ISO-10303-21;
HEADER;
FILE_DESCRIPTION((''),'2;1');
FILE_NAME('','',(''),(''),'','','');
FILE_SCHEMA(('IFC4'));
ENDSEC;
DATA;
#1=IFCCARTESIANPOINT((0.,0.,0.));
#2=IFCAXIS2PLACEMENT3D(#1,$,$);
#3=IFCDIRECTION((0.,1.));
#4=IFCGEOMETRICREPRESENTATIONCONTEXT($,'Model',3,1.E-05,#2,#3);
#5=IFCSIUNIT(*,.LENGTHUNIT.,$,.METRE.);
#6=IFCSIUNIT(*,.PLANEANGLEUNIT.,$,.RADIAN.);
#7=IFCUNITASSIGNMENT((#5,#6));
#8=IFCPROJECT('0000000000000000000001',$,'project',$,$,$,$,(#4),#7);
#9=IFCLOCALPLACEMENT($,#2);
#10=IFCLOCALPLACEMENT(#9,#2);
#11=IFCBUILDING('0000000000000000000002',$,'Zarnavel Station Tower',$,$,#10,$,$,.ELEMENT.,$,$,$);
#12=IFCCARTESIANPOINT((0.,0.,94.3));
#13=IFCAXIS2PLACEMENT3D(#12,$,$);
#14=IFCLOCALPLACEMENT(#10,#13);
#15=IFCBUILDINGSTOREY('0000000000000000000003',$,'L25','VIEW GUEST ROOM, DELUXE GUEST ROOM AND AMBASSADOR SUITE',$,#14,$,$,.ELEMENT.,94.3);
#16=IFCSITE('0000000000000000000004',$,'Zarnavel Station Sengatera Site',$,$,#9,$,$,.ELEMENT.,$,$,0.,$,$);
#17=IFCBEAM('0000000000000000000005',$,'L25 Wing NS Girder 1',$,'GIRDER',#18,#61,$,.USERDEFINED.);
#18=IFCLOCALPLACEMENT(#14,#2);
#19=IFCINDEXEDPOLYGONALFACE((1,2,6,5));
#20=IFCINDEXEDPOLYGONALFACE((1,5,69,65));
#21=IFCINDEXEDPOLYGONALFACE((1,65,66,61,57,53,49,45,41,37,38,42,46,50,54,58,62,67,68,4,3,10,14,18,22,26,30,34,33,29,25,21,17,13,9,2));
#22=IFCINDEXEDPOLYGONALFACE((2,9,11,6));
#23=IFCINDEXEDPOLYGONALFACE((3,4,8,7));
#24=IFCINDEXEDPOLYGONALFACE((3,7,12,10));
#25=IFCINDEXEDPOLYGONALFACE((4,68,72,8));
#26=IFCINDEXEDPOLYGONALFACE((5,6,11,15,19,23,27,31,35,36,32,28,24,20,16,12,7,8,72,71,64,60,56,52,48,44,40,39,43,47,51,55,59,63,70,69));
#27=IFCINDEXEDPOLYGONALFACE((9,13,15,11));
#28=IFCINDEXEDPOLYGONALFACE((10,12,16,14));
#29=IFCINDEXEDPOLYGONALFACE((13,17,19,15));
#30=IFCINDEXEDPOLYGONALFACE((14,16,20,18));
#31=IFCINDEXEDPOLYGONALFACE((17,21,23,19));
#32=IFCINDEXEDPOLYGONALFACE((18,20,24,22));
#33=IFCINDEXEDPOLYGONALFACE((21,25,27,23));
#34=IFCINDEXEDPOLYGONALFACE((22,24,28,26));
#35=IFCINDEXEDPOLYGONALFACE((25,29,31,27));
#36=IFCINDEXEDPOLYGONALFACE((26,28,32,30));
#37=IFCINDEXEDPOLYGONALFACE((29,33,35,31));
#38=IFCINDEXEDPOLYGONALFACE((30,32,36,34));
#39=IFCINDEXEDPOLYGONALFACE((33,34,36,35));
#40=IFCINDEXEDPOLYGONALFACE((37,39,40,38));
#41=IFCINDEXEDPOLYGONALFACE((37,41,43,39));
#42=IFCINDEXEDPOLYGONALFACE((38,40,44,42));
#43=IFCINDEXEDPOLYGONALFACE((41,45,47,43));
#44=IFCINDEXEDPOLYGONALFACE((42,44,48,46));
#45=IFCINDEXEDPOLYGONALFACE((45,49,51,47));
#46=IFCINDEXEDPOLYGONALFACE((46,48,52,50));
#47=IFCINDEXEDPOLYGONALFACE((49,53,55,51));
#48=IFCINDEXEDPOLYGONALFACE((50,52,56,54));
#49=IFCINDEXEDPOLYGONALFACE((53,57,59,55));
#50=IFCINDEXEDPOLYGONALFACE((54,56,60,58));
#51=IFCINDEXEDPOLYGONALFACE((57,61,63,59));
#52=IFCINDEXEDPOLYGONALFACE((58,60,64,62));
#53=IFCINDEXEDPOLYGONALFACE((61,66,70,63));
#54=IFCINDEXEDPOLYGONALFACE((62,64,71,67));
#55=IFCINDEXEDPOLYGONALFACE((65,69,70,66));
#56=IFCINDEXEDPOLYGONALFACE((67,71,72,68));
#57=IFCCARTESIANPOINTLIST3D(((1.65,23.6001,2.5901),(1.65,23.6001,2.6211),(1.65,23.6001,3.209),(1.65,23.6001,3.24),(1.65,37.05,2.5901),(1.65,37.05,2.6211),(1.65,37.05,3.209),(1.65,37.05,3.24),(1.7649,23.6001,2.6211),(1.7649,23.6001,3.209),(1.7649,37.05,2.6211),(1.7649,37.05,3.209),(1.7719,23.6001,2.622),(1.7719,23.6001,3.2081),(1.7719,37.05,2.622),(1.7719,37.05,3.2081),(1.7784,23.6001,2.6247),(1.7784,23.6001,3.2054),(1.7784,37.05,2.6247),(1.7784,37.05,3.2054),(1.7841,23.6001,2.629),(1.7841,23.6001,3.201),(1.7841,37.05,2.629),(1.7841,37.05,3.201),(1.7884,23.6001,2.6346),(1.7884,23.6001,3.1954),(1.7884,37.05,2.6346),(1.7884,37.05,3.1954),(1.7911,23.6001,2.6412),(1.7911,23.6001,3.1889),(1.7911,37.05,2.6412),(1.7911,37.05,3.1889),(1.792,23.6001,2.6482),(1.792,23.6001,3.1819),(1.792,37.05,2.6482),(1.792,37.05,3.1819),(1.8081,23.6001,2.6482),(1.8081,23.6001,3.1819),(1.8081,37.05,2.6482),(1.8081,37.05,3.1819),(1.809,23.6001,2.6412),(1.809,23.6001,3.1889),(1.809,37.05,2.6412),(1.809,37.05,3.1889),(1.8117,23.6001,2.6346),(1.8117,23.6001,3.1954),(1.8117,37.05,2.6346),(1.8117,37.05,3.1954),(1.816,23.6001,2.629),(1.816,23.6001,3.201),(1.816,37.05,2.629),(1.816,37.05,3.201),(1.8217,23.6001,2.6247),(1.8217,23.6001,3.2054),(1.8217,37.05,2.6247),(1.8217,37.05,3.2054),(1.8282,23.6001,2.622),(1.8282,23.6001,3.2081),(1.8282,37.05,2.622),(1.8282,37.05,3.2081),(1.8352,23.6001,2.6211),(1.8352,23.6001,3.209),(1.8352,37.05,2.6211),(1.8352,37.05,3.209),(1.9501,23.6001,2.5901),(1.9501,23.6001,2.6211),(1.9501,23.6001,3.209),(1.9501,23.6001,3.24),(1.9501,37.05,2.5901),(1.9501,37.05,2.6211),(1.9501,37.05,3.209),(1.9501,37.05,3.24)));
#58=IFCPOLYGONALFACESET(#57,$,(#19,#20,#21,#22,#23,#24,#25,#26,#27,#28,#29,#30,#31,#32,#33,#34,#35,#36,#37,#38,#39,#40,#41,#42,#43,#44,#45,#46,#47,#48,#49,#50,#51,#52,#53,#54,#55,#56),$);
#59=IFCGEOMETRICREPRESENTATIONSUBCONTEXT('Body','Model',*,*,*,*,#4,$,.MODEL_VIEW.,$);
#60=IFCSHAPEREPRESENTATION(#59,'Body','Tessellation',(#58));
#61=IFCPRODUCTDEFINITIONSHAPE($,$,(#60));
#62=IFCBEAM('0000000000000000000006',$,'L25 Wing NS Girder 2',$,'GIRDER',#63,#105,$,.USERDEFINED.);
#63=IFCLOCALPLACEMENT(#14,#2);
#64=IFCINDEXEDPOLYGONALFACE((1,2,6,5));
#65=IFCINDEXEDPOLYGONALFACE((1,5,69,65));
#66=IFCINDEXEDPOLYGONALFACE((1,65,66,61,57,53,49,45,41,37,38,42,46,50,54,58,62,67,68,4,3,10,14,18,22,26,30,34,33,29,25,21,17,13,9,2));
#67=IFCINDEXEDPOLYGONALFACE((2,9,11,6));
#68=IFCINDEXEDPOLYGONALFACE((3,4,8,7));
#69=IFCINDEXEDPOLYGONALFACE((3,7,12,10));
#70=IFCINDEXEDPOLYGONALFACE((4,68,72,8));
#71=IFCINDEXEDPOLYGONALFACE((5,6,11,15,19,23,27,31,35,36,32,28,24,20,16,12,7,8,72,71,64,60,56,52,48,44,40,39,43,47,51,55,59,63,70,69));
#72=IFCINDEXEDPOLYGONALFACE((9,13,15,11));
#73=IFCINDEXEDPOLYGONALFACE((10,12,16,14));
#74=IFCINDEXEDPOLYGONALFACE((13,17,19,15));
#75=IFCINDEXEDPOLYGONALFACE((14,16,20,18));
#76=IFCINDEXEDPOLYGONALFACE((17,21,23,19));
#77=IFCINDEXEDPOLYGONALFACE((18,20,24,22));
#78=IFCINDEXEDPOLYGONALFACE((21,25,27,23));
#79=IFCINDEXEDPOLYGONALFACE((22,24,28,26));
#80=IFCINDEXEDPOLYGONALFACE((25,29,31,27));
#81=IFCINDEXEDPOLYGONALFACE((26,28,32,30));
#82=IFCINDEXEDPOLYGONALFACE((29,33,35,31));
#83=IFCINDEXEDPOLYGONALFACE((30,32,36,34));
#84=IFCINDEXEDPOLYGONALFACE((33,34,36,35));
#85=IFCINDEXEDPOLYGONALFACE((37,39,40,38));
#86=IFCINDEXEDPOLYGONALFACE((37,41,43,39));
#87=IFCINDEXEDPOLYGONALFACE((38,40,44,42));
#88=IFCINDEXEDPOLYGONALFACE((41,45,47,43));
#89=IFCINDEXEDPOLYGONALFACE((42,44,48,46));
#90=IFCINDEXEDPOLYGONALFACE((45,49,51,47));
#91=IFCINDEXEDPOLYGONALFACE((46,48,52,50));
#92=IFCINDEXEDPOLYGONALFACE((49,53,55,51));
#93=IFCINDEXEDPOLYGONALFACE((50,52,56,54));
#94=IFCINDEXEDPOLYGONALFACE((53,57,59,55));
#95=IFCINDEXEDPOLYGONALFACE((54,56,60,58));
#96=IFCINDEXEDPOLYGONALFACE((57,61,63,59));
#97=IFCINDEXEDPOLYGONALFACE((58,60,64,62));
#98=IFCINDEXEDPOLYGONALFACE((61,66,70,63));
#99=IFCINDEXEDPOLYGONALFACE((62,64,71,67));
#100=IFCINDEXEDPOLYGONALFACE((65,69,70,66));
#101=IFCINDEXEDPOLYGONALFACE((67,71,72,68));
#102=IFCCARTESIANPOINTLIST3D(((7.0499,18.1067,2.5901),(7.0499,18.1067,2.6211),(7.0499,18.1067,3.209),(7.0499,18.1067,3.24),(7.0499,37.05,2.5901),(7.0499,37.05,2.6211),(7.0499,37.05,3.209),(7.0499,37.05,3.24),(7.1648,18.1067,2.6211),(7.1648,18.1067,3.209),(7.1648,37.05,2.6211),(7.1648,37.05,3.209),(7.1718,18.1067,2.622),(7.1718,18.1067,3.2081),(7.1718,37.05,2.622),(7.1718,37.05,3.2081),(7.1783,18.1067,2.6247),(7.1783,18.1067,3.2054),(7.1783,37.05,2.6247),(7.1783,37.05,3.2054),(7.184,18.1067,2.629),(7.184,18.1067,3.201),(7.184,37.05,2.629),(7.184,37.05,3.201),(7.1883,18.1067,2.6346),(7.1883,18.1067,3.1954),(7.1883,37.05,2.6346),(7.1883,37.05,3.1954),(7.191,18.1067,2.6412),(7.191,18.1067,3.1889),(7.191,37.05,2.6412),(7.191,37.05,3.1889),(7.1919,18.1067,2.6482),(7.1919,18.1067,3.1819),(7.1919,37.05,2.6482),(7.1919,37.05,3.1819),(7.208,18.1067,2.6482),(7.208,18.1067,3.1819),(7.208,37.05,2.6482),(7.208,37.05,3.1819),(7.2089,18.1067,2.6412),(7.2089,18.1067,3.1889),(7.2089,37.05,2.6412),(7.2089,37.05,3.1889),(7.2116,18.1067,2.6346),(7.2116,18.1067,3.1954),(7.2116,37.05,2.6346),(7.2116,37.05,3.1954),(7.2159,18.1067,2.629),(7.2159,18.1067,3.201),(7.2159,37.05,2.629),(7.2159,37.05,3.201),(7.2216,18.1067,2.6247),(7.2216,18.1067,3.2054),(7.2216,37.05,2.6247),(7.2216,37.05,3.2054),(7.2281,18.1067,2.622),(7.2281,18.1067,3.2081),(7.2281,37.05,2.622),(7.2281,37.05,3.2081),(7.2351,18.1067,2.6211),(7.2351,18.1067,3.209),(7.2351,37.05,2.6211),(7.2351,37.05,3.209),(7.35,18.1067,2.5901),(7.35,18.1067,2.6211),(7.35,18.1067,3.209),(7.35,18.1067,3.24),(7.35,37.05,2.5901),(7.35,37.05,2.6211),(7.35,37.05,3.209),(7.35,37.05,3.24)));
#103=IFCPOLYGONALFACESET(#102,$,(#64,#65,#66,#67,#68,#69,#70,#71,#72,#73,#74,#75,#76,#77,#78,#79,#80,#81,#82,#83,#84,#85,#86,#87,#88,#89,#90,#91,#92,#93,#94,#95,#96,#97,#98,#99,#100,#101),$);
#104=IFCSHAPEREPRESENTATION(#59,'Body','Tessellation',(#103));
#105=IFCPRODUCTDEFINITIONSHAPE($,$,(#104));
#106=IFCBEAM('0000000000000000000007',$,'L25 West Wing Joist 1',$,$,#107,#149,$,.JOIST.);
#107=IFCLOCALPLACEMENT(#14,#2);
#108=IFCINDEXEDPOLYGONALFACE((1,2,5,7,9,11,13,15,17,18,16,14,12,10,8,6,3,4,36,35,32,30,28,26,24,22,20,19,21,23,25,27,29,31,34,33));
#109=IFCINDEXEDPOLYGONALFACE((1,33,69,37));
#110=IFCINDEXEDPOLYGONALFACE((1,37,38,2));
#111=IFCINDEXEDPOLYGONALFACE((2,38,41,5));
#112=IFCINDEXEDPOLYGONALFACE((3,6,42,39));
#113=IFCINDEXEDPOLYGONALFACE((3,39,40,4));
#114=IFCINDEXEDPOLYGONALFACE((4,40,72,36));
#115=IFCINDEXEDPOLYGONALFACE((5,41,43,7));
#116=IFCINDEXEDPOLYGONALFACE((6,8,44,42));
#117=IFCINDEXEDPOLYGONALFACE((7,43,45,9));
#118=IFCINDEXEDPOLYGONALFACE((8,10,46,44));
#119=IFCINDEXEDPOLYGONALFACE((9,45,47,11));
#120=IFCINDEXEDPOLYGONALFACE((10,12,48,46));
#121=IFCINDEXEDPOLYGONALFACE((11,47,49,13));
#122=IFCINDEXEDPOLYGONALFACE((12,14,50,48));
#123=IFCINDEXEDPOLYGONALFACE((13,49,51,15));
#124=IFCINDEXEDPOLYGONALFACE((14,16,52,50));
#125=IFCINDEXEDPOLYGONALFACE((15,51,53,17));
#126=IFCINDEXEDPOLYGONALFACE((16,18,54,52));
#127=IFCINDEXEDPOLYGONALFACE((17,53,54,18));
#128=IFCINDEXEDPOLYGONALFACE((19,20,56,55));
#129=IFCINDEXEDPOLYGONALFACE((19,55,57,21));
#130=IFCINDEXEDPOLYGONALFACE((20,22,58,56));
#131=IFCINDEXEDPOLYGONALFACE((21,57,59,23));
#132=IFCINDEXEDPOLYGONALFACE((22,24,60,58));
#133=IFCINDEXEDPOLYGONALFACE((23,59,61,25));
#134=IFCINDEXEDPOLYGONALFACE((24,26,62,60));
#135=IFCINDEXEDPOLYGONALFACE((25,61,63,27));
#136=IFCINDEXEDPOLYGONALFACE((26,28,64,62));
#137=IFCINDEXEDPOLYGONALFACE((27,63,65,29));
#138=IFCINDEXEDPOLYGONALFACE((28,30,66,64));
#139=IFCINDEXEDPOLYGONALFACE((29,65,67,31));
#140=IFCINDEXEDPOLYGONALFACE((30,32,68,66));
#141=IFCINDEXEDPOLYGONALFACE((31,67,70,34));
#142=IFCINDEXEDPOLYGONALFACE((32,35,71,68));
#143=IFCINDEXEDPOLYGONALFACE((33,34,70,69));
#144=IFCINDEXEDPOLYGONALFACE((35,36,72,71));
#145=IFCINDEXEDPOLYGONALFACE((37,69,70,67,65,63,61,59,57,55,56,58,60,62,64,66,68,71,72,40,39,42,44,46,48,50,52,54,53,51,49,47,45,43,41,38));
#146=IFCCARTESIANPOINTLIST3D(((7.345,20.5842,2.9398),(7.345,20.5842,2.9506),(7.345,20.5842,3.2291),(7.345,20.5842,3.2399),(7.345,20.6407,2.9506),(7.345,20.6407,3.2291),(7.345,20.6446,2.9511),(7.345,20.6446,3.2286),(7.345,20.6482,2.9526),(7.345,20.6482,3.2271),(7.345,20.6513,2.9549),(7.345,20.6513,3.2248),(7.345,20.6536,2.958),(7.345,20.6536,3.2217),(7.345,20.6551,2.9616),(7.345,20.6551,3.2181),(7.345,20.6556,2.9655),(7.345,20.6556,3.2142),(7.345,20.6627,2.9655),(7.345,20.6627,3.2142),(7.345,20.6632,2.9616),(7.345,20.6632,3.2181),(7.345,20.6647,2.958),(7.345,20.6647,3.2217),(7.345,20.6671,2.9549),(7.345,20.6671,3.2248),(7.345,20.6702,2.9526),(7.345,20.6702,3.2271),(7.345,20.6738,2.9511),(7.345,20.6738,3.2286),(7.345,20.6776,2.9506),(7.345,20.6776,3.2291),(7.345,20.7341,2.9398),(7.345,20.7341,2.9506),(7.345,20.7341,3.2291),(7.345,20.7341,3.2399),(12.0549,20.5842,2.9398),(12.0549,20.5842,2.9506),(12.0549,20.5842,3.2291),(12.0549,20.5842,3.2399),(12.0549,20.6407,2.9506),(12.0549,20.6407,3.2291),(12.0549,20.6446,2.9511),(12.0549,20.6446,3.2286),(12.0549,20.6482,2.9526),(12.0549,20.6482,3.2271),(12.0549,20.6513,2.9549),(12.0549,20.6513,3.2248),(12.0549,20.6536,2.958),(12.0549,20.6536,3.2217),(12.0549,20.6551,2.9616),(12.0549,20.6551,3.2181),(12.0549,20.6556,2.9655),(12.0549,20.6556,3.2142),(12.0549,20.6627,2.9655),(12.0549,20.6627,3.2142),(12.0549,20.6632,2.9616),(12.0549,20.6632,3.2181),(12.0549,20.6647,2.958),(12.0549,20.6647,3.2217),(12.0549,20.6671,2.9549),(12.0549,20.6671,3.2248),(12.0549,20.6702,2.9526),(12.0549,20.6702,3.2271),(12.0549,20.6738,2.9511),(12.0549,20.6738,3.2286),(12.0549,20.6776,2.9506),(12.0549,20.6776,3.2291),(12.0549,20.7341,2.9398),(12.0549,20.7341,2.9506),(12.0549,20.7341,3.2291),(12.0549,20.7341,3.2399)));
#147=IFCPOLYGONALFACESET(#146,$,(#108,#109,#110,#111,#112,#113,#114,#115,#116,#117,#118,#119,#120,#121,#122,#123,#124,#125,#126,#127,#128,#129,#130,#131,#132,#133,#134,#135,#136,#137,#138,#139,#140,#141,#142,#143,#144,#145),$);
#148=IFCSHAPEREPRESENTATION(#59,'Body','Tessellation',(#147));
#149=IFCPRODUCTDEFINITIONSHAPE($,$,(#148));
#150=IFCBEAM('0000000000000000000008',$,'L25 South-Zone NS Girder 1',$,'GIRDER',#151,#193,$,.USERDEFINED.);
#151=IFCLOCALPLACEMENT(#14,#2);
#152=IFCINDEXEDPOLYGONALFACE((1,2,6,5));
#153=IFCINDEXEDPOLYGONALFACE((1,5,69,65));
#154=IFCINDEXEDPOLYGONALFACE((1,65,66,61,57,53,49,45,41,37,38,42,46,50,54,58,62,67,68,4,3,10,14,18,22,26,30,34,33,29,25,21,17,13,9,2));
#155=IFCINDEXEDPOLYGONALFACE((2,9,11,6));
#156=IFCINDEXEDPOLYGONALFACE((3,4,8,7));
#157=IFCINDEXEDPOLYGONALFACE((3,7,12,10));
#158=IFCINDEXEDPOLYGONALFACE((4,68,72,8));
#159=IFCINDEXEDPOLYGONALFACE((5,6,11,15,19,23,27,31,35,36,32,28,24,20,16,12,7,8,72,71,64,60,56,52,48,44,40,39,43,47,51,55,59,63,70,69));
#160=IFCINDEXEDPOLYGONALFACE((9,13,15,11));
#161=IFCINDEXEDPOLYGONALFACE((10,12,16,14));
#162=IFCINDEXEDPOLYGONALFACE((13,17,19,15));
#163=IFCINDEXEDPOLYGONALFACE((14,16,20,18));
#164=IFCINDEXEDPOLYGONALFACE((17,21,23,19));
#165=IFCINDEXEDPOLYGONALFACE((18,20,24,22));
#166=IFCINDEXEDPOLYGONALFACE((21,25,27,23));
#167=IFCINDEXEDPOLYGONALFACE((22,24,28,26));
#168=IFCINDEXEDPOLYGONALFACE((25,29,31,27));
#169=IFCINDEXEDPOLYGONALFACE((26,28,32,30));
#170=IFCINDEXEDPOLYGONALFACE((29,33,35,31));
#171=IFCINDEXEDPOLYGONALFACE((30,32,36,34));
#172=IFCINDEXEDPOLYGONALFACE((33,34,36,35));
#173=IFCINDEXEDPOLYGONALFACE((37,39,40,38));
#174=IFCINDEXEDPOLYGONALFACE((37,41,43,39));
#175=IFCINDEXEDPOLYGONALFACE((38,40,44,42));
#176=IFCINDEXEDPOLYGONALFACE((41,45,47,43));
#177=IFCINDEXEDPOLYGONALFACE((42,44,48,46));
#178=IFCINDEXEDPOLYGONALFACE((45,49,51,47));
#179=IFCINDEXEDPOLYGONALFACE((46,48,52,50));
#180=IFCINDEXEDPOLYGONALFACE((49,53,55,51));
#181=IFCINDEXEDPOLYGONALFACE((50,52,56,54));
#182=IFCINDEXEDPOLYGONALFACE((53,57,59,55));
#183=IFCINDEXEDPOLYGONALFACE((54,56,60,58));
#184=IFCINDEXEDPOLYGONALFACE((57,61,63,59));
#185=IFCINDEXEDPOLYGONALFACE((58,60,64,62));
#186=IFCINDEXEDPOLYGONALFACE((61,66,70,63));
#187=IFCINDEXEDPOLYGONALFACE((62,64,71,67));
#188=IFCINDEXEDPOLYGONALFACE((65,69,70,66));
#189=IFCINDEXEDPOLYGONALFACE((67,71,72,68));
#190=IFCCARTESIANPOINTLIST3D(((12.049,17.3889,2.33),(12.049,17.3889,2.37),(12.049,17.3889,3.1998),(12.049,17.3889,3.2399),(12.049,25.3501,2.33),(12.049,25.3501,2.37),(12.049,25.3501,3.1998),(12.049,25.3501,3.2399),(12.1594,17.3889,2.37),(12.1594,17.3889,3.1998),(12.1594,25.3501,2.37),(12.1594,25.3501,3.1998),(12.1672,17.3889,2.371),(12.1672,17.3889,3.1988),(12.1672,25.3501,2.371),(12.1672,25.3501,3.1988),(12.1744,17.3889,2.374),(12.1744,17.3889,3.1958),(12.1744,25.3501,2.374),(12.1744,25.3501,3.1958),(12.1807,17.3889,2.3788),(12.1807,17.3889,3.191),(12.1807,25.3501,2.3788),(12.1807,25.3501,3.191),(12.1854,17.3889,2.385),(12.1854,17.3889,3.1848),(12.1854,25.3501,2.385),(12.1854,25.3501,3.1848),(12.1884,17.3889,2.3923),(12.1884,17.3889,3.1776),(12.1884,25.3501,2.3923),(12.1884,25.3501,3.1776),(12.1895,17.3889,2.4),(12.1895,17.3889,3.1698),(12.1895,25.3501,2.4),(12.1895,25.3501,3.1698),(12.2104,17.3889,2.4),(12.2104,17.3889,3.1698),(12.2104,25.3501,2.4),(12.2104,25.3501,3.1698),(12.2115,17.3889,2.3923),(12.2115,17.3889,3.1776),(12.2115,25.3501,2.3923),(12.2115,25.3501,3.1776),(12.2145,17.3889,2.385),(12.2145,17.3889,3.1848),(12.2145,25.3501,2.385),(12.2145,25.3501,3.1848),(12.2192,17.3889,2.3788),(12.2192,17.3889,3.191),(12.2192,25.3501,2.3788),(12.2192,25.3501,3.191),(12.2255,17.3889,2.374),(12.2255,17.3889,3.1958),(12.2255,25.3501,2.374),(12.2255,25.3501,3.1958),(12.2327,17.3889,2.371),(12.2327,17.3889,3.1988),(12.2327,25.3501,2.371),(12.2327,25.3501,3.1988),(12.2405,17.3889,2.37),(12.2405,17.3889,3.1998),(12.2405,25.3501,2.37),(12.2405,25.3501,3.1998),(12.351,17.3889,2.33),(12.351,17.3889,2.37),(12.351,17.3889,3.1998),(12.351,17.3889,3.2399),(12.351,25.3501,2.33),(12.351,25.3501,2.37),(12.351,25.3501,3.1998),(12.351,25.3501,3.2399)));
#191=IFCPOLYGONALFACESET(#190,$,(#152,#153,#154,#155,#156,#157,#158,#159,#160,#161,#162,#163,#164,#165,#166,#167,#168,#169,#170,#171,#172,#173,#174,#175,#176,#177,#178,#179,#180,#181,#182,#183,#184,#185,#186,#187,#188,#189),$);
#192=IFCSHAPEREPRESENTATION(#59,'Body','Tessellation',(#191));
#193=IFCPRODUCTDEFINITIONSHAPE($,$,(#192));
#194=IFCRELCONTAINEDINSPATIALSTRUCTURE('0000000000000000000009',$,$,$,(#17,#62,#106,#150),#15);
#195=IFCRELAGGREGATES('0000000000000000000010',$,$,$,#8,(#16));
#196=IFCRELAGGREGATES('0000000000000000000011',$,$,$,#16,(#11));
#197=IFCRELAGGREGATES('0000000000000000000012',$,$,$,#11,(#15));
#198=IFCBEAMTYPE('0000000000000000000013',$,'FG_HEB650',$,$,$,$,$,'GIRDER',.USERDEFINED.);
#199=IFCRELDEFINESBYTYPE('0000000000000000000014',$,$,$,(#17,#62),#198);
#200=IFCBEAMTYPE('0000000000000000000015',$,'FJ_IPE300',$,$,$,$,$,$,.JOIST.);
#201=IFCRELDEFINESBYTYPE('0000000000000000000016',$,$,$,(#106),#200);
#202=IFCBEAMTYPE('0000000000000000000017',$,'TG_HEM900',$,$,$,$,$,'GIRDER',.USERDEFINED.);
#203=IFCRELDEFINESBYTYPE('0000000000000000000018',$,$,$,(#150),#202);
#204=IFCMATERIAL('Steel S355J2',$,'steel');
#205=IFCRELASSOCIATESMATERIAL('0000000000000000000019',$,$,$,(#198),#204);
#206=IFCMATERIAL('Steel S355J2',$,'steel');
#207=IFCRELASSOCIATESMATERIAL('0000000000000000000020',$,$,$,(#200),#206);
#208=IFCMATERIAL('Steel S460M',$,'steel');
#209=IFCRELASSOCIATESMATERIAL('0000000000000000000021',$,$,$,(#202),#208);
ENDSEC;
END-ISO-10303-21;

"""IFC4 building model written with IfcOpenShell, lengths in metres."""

from ifc_helpers import new_model, si_unit, direction, frame, origin, origin_2d, place, context, subcontext, project, spatial, i_section, extrude, material, material_profile, profile_set, type_object, element, save


model = new_model("IFC4")

# Units and contexts
model_context = context("Model", 3, precision=1e-05, world=origin(), true_north=direction((0.0, 1.0)))
body_context = subcontext(model_context, "Body", "Model", "MODEL_VIEW")
ifc_project = project(units=[si_unit("LENGTHUNIT", "METRE"), si_unit("PLANEANGLEUNIT", "RADIAN")], contexts=[model_context])

# Site, building, storey
site_placement = place(None, origin())
site = spatial("IfcSite", under=ifc_project, at=site_placement, Name="Zarnavel Station Sengatera Site", CompositionType="ELEMENT", RefElevation=0.0)
building_placement = place(site_placement, origin())
building = spatial("IfcBuilding", under=site, at=building_placement, Name="Zarnavel Station Tower", CompositionType="ELEMENT")
storey_placement = place(building_placement, frame((0.0, 0.0, 94.3)))
storey = spatial("IfcBuildingStorey", under=building, at=storey_placement, Name="L25", Description="VIEW GUEST ROOM, DELUXE GUEST ROOM AND AMBASSADOR SUITE", CompositionType="ELEMENT", Elevation=94.3)

# Beams
ifc_material_1 = material(Name="Steel S355J2", Category="steel")
ifc_material_profile_1 = material_profile(ifc_material_1, i_section(OverallWidth=0.3, OverallDepth=0.6499, WebThickness=0.0161, FlangeThickness=0.031, FilletRadius=0.0271, at=origin_2d()), Name="HEB650")
ifc_profile_set_1 = profile_set([ifc_material_profile_1], Name="Steel S355J2")
beam_type_1 = type_object("IfcBeamType", Name="FG_HEB650", ElementType="GIRDER", PredefinedType="USERDEFINED", material=ifc_profile_set_1)
beam_1_placement = place(storey_placement, frame((1.8, 23.6001, 2.915), z_axis=(0.0, 1.0, 0.0), x_axis=(-1.0, 0.0, 0.0)))
element("IfcBeam", 1, at=beam_1_placement, inside=storey, type_object=beam_type_1, Name="L25 Wing NS Girder 1", ObjectType="GIRDER", PredefinedType="USERDEFINED", context=body_context, shape_type="SweptSolid", body=[
    extrude(i_section(OverallWidth=0.3, OverallDepth=0.6499, WebThickness=0.0161, FlangeThickness=0.031, FilletRadius=0.0271, at=origin_2d()), origin(), (0.0, 0.0, 1.0), 13.45),
])
beam_2_placement = place(storey_placement, frame((7.2, 18.1067, 2.915), z_axis=(0.0, 1.0, 0.0), x_axis=(-1.0, 0.0, 0.0)))
element("IfcBeam", 2, at=beam_2_placement, inside=storey, type_object=beam_type_1, Name="L25 Wing NS Girder 2", ObjectType="GIRDER", PredefinedType="USERDEFINED", context=body_context, shape_type="SweptSolid", body=[
    extrude(i_section(OverallWidth=0.3, OverallDepth=0.6499, WebThickness=0.0161, FlangeThickness=0.031, FilletRadius=0.0271, at=origin_2d()), origin(), (0.0, 0.0, 1.0), 18.9434),
])
ifc_material_2 = material(Name="Steel S355J2", Category="steel")
ifc_material_profile_2 = material_profile(ifc_material_2, i_section(OverallWidth=0.1499, OverallDepth=0.3, WebThickness=0.0071, FlangeThickness=0.0107, FilletRadius=0.0149, at=origin_2d()), Name="IPE300")
ifc_profile_set_2 = profile_set([ifc_material_profile_2], Name="Steel S355J2")
beam_type_2 = type_object("IfcBeamType", Name="FJ_IPE300", PredefinedType="JOIST", material=ifc_profile_set_2)
beam_3_placement = place(storey_placement, frame((7.345, 20.6592, 3.0898), z_axis=(1.0, 0.0, 0.0), x_axis=(0.0, 1.0, 0.0)))
element("IfcBeam", 3, at=beam_3_placement, inside=storey, type_object=beam_type_2, Name="L25 West Wing Joist 1", PredefinedType="JOIST", context=body_context, shape_type="SweptSolid", body=[
    extrude(i_section(OverallWidth=0.1499, OverallDepth=0.3, WebThickness=0.0071, FlangeThickness=0.0107, FilletRadius=0.0149, at=origin_2d()), origin(), (0.0, 0.0, 1.0), 4.71),
])
ifc_material_3 = material(Name="Steel S460M", Category="steel")
ifc_material_profile_3 = material_profile(ifc_material_3, i_section(OverallWidth=0.302, OverallDepth=0.9099, WebThickness=0.021, FlangeThickness=0.04, FilletRadius=0.03, at=origin_2d()), Name="HEM900")
ifc_profile_set_3 = profile_set([ifc_material_profile_3], Name="Steel S460M")
beam_type_3 = type_object("IfcBeamType", Name="TG_HEM900", ElementType="GIRDER", PredefinedType="USERDEFINED", material=ifc_profile_set_3)
beam_4_placement = place(storey_placement, frame((12.2, 17.3889, 2.7849), z_axis=(0.0, 1.0, 0.0), x_axis=(-1.0, 0.0, 0.0)))
element("IfcBeam", 4, at=beam_4_placement, inside=storey, type_object=beam_type_3, Name="L25 South-Zone NS Girder 1", ObjectType="GIRDER", PredefinedType="USERDEFINED", context=body_context, shape_type="SweptSolid", body=[
    extrude(i_section(OverallWidth=0.302, OverallDepth=0.9099, WebThickness=0.021, FlangeThickness=0.04, FilletRadius=0.03, at=origin_2d()), origin(), (0.0, 0.0, 1.0), 7.9612),
])

save(model, "model.ifc")
